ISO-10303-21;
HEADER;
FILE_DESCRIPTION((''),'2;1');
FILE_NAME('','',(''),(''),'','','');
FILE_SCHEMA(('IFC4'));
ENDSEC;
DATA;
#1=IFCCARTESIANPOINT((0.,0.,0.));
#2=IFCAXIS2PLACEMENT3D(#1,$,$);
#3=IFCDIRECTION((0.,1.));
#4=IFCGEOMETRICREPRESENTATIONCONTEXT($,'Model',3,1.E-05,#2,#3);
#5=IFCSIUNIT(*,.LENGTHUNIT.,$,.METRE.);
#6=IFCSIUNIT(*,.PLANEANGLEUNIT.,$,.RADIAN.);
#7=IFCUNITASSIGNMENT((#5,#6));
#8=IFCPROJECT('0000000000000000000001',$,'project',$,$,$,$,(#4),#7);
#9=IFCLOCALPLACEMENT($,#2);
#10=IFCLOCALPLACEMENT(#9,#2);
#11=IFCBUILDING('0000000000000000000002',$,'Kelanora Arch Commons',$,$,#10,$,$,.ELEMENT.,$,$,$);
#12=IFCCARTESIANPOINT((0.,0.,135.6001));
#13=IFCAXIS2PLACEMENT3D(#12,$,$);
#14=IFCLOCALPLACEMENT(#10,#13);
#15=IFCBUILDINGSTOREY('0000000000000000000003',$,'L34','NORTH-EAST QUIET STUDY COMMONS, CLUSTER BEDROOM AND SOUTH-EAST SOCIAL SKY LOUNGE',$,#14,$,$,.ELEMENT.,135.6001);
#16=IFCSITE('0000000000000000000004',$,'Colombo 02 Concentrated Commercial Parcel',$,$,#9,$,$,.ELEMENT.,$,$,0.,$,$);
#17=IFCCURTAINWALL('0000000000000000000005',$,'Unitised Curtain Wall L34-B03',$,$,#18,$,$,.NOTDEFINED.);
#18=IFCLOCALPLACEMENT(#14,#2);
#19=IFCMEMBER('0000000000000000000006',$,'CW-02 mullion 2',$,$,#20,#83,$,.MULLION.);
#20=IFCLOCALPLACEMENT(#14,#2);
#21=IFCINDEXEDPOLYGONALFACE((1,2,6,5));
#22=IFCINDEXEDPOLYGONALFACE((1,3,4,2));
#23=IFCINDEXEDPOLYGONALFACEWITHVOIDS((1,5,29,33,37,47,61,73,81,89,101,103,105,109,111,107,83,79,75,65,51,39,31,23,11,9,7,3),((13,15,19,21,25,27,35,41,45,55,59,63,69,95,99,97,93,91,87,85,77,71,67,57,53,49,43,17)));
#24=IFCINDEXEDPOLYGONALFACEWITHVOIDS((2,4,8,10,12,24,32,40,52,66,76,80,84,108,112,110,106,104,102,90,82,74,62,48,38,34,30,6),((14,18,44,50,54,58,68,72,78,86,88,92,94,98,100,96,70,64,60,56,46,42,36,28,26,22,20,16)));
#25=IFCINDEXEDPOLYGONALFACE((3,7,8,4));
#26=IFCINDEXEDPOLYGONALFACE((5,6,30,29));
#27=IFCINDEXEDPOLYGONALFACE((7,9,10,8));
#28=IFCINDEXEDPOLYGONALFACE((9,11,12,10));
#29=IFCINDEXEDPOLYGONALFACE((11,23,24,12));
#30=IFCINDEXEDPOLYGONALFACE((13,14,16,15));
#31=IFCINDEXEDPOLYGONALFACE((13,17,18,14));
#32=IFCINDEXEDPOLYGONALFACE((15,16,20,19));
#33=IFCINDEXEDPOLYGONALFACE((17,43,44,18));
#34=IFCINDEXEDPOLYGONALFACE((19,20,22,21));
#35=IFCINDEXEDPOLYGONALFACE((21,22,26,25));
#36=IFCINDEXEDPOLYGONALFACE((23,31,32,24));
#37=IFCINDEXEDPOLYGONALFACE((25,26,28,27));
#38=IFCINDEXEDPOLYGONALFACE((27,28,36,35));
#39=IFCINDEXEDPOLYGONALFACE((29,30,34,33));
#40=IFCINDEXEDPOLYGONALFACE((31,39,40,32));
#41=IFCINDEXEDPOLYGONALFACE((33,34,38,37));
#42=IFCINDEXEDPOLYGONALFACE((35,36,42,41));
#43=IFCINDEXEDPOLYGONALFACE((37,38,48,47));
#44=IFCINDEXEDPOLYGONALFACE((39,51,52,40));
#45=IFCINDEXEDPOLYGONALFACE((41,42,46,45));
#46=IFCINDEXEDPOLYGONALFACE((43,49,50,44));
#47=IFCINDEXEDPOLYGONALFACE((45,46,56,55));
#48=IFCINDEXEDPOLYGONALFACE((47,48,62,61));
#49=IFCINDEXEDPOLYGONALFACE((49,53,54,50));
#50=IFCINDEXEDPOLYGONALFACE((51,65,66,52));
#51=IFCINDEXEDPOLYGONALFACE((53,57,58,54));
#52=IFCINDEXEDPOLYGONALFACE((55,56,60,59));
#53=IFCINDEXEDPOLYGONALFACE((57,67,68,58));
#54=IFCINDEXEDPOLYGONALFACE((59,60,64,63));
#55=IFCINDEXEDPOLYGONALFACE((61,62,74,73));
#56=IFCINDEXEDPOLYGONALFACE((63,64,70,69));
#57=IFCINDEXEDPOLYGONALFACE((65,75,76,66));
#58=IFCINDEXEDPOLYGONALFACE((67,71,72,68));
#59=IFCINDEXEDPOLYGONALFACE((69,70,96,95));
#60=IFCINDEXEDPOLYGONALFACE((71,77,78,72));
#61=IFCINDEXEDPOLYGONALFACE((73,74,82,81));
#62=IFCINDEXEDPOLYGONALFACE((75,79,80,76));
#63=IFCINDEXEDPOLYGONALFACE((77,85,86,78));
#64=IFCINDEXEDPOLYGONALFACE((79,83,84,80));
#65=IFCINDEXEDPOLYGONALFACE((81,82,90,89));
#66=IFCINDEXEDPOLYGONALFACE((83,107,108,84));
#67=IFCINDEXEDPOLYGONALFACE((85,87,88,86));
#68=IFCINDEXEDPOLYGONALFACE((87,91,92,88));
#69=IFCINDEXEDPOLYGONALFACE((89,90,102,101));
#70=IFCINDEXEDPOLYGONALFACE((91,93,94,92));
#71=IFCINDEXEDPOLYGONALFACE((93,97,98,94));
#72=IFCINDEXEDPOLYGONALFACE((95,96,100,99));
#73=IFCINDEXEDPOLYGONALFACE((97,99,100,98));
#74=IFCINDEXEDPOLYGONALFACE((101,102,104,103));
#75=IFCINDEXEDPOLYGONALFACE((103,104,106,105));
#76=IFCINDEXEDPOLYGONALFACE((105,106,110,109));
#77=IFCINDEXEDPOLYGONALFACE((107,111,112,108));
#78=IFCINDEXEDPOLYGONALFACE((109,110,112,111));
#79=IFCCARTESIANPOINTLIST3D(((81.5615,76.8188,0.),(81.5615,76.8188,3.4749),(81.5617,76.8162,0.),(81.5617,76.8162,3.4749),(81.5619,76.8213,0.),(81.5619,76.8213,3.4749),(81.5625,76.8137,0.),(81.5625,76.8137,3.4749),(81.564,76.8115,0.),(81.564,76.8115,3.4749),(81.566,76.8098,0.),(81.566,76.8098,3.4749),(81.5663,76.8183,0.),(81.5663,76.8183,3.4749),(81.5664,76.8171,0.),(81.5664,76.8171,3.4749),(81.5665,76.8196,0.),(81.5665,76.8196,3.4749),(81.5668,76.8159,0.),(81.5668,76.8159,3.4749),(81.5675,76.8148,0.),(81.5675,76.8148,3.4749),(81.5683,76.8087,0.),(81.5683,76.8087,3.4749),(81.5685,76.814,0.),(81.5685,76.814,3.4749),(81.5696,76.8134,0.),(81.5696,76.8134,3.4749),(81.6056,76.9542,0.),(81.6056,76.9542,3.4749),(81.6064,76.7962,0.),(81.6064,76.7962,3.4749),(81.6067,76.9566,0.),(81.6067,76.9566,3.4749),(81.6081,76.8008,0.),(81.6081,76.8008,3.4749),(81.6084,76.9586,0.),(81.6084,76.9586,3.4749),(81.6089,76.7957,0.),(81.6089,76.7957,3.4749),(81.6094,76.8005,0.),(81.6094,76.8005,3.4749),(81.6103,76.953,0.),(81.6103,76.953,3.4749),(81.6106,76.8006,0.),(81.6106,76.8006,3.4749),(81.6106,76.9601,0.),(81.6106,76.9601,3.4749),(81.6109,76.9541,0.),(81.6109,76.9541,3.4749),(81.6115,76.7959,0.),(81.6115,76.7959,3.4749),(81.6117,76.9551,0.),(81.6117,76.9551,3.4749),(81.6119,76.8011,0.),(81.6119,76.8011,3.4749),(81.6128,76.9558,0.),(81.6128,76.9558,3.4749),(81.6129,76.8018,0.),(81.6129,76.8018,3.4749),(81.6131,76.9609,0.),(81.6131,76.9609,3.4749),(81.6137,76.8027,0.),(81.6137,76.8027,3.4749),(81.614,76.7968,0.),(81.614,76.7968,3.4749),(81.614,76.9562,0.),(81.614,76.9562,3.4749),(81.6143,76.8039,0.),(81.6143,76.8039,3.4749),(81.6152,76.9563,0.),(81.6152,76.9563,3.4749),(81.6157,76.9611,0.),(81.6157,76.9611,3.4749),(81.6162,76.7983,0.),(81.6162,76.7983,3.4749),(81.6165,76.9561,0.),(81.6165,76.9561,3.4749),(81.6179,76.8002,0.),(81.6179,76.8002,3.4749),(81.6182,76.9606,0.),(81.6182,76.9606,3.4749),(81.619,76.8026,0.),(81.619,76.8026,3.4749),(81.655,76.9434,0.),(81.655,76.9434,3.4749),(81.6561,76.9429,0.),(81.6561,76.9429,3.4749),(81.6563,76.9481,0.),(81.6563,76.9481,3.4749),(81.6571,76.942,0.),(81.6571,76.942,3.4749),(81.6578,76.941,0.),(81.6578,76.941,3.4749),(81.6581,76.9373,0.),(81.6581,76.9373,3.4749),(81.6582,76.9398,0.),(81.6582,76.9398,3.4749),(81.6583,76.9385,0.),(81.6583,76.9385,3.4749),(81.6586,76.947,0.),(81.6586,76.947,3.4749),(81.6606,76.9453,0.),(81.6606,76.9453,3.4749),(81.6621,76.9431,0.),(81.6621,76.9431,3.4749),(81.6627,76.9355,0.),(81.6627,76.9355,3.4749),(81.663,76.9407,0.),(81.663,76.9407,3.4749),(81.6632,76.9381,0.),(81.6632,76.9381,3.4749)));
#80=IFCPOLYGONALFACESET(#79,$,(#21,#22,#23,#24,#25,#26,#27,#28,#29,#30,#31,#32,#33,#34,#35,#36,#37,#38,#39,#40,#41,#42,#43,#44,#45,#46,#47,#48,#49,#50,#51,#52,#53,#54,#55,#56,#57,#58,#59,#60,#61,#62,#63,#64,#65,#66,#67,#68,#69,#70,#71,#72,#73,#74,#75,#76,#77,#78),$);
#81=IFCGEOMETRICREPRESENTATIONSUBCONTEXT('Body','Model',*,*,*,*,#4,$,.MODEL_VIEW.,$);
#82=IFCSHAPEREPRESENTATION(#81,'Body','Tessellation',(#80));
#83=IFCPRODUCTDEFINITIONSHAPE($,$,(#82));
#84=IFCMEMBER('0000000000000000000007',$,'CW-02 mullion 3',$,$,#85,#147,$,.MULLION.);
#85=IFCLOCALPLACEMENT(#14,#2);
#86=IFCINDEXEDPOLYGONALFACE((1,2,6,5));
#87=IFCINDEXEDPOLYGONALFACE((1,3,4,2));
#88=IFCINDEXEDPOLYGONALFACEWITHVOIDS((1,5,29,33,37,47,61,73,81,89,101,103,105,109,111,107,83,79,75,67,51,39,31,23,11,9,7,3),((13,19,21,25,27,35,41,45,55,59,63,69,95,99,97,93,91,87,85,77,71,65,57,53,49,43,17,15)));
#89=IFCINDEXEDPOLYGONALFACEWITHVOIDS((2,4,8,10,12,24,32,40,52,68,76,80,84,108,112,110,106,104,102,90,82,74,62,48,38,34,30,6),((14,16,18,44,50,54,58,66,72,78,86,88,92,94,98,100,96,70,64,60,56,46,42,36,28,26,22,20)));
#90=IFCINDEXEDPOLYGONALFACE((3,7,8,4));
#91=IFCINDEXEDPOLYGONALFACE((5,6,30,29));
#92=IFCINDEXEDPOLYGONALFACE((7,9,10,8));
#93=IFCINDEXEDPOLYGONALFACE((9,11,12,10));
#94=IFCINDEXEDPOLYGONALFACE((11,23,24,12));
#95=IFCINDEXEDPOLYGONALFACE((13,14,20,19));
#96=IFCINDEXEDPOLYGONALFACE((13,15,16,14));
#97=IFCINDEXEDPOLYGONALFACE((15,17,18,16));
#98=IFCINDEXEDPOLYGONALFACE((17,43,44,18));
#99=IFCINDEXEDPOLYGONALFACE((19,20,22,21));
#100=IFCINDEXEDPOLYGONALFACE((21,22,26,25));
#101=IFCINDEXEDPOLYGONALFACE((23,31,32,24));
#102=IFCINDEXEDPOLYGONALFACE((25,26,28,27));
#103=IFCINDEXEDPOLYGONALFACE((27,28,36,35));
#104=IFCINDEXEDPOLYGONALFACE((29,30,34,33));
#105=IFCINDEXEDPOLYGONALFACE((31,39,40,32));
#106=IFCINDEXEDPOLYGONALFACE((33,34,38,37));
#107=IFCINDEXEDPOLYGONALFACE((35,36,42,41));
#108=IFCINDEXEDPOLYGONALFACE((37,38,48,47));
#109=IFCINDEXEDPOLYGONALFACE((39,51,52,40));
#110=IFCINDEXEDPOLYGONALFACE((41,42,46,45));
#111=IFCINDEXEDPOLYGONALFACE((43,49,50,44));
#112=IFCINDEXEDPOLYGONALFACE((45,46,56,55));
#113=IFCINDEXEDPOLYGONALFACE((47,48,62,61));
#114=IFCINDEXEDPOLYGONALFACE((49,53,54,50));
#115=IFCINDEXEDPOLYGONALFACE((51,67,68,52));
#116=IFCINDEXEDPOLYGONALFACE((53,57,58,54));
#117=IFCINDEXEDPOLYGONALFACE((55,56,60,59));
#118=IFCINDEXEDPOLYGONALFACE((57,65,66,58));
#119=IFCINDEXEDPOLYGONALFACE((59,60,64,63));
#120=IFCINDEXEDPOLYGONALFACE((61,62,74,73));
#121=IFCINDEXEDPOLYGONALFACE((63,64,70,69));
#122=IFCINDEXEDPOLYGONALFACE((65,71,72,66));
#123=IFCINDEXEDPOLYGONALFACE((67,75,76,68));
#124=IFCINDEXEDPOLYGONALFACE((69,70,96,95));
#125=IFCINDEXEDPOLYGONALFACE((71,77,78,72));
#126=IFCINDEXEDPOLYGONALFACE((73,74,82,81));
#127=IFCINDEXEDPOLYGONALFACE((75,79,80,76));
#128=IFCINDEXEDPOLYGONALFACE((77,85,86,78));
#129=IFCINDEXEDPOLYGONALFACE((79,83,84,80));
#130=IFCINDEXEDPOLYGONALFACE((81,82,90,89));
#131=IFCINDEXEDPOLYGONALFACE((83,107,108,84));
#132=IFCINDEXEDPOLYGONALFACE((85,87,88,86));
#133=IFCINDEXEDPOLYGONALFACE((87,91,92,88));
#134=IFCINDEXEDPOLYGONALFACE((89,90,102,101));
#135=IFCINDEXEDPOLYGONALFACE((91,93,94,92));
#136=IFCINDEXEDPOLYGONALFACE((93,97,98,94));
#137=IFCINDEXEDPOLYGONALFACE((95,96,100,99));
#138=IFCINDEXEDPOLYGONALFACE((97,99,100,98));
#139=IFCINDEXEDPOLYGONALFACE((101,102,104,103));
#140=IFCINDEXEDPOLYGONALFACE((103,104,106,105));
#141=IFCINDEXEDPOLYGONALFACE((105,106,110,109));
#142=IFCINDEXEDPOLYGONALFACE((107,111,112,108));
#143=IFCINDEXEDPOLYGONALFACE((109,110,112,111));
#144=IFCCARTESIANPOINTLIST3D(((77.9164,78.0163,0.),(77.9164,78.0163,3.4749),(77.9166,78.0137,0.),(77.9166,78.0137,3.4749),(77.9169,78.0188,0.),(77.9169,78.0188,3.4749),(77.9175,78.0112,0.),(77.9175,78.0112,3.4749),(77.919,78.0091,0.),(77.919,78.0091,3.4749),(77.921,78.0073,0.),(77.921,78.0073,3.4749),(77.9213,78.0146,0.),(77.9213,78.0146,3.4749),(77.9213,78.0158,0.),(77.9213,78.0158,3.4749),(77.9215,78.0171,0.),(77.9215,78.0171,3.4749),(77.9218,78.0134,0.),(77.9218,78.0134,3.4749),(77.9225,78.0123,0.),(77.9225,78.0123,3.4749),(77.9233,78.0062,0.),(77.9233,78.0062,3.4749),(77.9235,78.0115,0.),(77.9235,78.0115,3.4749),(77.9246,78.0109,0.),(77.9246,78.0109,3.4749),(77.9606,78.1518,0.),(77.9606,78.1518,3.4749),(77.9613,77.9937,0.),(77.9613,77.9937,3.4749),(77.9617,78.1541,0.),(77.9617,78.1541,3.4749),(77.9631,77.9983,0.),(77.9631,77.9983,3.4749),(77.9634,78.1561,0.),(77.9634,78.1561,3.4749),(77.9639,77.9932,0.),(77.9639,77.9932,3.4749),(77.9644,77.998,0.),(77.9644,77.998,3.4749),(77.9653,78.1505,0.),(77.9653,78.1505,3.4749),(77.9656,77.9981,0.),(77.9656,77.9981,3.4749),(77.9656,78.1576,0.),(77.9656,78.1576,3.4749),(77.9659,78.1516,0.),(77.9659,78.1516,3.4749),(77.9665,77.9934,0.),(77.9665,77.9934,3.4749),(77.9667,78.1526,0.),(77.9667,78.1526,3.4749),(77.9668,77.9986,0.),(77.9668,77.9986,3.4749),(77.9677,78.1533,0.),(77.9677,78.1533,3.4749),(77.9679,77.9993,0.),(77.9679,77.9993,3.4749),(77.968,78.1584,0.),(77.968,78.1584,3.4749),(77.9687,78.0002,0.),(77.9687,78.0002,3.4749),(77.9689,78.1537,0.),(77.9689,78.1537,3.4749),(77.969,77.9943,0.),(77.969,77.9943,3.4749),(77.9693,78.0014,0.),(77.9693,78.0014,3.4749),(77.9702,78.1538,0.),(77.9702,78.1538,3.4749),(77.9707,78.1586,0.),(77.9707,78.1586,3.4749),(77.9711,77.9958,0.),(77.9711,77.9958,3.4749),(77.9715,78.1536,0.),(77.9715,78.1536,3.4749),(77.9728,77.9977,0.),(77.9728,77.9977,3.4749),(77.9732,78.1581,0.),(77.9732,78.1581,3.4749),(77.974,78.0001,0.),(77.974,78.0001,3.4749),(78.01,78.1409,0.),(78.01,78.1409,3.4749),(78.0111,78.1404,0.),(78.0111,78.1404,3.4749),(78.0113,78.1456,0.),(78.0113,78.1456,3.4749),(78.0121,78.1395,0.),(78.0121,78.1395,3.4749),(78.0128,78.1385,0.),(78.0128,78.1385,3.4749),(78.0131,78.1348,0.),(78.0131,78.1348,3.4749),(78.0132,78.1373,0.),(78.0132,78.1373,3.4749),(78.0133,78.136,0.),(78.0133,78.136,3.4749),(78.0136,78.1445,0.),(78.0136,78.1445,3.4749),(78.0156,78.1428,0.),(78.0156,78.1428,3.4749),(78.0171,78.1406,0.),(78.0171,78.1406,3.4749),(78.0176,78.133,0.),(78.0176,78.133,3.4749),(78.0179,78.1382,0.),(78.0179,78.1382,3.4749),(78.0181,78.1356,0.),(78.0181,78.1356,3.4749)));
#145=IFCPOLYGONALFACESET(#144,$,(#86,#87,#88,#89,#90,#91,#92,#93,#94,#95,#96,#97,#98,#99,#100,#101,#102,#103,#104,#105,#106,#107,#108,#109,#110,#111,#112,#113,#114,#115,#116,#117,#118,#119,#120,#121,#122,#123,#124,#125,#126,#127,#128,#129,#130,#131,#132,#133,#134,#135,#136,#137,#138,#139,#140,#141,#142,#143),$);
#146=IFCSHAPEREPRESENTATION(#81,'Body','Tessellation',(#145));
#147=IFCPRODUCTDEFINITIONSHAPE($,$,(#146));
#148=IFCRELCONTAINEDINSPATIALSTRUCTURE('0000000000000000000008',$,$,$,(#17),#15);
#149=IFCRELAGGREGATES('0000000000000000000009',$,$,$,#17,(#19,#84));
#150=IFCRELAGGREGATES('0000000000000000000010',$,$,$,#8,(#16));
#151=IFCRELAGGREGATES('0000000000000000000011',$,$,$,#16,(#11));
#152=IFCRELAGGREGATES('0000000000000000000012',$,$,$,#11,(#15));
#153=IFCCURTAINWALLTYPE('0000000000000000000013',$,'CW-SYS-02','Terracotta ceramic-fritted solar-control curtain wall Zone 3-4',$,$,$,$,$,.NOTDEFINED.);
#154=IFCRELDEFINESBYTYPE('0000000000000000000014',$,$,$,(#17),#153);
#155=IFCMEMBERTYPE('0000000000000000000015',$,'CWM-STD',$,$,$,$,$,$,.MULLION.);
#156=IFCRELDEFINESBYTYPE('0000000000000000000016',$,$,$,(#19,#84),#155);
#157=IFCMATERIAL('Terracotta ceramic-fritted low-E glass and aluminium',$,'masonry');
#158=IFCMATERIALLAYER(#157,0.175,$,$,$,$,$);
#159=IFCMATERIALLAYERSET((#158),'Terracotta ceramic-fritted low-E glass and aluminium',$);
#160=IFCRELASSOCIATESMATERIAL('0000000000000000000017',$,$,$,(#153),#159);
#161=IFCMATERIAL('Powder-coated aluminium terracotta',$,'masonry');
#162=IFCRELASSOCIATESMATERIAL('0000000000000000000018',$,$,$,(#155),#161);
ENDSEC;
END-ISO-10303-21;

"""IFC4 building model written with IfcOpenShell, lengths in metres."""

from ifc_helpers import new_model, si_unit, direction, frame, origin, origin_2d, place, context, subcontext, project, spatial, hollow_rectangle, extrude, material, layer, layer_set, material_profile, profile_set, type_object, element, aggregate, save


model = new_model("IFC4")

# Units and contexts
model_context = context("Model", 3, precision=1e-05, world=origin(), true_north=direction((0.0, 1.0)))
body_context = subcontext(model_context, "Body", "Model", "MODEL_VIEW")
ifc_project = project(units=[si_unit("LENGTHUNIT", "METRE"), si_unit("PLANEANGLEUNIT", "RADIAN")], contexts=[model_context])

# Site, building, storey
site_placement = place(None, origin())
site = spatial("IfcSite", under=ifc_project, at=site_placement, Name="Colombo 02 Concentrated Commercial Parcel", CompositionType="ELEMENT", RefElevation=0.0)
building_placement = place(site_placement, origin())
building = spatial("IfcBuilding", under=site, at=building_placement, Name="Kelanora Arch Commons", CompositionType="ELEMENT")
storey_placement = place(building_placement, frame((0.0, 0.0, 135.6001)))
storey = spatial("IfcBuildingStorey", under=building, at=storey_placement, Name="L34", Description="NORTH-EAST QUIET STUDY COMMONS, CLUSTER BEDROOM AND SOUTH-EAST SOCIAL SKY LOUNGE", CompositionType="ELEMENT", Elevation=135.6001)

# Curtain wall, members
ifc_material_1 = material(Name="Terracotta ceramic-fritted low-E glass and aluminium", Category="masonry")
ifc_layer_1 = layer(ifc_material_1, 0.175)
ifc_layer_set_1 = layer_set([ifc_layer_1], Name="Terracotta ceramic-fritted low-E glass and aluminium")
curtain_wall_type = type_object("IfcCurtainWallType", Name="CW-SYS-02", Description="Terracotta ceramic-fritted solar-control curtain wall Zone 3-4", PredefinedType="NOTDEFINED", material=ifc_layer_set_1)
curtain_wall_placement = place(storey_placement, origin())
curtain_wall = element("IfcCurtainWall", 1, at=curtain_wall_placement, inside=storey, type_object=curtain_wall_type, Name="Unitised Curtain Wall L34-B03", PredefinedType="NOTDEFINED")
ifc_material_2 = material(Name="Powder-coated aluminium terracotta", Category="masonry")
ifc_material_profile_1 = material_profile(ifc_material_2, hollow_rectangle(XDim=0.1599, YDim=0.0601, WallThickness=0.0049, InnerFilletRadius=0.0049, OuterFilletRadius=0.01, at=origin_2d()), Name="CWM160x60")
ifc_profile_set_1 = profile_set([ifc_material_profile_1], Name="Powder-coated aluminium terracotta")
member_type_1 = type_object("IfcMemberType", Name="CWM-STD", PredefinedType="MULLION", material=ifc_profile_set_1)
member_1_placement = place(storey_placement, frame((81.6123, 76.8784, 0.0), z_axis=(0.0, 0.0, 1.0), x_axis=(-0.312128, -0.95004, 0.0)))
member_1 = element("IfcMember", 2, at=member_1_placement, type_object=member_type_1, Name="CW-02 mullion 2", PredefinedType="MULLION", context=body_context, shape_type="SweptSolid", body=[
    extrude(hollow_rectangle(XDim=0.1599, YDim=0.0601, WallThickness=0.0049, InnerFilletRadius=0.0049, OuterFilletRadius=0.01, at=origin_2d()), origin(), (0.0, 0.0, 1.0), 3.4749),
])
member_2_placement = place(storey_placement, frame((77.9673, 78.0759, 0.0), z_axis=(0.0, 0.0, 1.0), x_axis=(-0.312128, -0.95004, 0.0)))
member_2 = element("IfcMember", 3, at=member_2_placement, type_object=member_type_1, Name="CW-02 mullion 3", PredefinedType="MULLION", context=body_context, shape_type="SweptSolid", body=[
    extrude(hollow_rectangle(XDim=0.1599, YDim=0.0601, WallThickness=0.0049, InnerFilletRadius=0.0049, OuterFilletRadius=0.01, at=origin_2d()), origin(), (0.0, 0.0, 1.0), 3.4749),
])
aggregate(curtain_wall, [member_1, member_2])

save(model, "model.ifc")
